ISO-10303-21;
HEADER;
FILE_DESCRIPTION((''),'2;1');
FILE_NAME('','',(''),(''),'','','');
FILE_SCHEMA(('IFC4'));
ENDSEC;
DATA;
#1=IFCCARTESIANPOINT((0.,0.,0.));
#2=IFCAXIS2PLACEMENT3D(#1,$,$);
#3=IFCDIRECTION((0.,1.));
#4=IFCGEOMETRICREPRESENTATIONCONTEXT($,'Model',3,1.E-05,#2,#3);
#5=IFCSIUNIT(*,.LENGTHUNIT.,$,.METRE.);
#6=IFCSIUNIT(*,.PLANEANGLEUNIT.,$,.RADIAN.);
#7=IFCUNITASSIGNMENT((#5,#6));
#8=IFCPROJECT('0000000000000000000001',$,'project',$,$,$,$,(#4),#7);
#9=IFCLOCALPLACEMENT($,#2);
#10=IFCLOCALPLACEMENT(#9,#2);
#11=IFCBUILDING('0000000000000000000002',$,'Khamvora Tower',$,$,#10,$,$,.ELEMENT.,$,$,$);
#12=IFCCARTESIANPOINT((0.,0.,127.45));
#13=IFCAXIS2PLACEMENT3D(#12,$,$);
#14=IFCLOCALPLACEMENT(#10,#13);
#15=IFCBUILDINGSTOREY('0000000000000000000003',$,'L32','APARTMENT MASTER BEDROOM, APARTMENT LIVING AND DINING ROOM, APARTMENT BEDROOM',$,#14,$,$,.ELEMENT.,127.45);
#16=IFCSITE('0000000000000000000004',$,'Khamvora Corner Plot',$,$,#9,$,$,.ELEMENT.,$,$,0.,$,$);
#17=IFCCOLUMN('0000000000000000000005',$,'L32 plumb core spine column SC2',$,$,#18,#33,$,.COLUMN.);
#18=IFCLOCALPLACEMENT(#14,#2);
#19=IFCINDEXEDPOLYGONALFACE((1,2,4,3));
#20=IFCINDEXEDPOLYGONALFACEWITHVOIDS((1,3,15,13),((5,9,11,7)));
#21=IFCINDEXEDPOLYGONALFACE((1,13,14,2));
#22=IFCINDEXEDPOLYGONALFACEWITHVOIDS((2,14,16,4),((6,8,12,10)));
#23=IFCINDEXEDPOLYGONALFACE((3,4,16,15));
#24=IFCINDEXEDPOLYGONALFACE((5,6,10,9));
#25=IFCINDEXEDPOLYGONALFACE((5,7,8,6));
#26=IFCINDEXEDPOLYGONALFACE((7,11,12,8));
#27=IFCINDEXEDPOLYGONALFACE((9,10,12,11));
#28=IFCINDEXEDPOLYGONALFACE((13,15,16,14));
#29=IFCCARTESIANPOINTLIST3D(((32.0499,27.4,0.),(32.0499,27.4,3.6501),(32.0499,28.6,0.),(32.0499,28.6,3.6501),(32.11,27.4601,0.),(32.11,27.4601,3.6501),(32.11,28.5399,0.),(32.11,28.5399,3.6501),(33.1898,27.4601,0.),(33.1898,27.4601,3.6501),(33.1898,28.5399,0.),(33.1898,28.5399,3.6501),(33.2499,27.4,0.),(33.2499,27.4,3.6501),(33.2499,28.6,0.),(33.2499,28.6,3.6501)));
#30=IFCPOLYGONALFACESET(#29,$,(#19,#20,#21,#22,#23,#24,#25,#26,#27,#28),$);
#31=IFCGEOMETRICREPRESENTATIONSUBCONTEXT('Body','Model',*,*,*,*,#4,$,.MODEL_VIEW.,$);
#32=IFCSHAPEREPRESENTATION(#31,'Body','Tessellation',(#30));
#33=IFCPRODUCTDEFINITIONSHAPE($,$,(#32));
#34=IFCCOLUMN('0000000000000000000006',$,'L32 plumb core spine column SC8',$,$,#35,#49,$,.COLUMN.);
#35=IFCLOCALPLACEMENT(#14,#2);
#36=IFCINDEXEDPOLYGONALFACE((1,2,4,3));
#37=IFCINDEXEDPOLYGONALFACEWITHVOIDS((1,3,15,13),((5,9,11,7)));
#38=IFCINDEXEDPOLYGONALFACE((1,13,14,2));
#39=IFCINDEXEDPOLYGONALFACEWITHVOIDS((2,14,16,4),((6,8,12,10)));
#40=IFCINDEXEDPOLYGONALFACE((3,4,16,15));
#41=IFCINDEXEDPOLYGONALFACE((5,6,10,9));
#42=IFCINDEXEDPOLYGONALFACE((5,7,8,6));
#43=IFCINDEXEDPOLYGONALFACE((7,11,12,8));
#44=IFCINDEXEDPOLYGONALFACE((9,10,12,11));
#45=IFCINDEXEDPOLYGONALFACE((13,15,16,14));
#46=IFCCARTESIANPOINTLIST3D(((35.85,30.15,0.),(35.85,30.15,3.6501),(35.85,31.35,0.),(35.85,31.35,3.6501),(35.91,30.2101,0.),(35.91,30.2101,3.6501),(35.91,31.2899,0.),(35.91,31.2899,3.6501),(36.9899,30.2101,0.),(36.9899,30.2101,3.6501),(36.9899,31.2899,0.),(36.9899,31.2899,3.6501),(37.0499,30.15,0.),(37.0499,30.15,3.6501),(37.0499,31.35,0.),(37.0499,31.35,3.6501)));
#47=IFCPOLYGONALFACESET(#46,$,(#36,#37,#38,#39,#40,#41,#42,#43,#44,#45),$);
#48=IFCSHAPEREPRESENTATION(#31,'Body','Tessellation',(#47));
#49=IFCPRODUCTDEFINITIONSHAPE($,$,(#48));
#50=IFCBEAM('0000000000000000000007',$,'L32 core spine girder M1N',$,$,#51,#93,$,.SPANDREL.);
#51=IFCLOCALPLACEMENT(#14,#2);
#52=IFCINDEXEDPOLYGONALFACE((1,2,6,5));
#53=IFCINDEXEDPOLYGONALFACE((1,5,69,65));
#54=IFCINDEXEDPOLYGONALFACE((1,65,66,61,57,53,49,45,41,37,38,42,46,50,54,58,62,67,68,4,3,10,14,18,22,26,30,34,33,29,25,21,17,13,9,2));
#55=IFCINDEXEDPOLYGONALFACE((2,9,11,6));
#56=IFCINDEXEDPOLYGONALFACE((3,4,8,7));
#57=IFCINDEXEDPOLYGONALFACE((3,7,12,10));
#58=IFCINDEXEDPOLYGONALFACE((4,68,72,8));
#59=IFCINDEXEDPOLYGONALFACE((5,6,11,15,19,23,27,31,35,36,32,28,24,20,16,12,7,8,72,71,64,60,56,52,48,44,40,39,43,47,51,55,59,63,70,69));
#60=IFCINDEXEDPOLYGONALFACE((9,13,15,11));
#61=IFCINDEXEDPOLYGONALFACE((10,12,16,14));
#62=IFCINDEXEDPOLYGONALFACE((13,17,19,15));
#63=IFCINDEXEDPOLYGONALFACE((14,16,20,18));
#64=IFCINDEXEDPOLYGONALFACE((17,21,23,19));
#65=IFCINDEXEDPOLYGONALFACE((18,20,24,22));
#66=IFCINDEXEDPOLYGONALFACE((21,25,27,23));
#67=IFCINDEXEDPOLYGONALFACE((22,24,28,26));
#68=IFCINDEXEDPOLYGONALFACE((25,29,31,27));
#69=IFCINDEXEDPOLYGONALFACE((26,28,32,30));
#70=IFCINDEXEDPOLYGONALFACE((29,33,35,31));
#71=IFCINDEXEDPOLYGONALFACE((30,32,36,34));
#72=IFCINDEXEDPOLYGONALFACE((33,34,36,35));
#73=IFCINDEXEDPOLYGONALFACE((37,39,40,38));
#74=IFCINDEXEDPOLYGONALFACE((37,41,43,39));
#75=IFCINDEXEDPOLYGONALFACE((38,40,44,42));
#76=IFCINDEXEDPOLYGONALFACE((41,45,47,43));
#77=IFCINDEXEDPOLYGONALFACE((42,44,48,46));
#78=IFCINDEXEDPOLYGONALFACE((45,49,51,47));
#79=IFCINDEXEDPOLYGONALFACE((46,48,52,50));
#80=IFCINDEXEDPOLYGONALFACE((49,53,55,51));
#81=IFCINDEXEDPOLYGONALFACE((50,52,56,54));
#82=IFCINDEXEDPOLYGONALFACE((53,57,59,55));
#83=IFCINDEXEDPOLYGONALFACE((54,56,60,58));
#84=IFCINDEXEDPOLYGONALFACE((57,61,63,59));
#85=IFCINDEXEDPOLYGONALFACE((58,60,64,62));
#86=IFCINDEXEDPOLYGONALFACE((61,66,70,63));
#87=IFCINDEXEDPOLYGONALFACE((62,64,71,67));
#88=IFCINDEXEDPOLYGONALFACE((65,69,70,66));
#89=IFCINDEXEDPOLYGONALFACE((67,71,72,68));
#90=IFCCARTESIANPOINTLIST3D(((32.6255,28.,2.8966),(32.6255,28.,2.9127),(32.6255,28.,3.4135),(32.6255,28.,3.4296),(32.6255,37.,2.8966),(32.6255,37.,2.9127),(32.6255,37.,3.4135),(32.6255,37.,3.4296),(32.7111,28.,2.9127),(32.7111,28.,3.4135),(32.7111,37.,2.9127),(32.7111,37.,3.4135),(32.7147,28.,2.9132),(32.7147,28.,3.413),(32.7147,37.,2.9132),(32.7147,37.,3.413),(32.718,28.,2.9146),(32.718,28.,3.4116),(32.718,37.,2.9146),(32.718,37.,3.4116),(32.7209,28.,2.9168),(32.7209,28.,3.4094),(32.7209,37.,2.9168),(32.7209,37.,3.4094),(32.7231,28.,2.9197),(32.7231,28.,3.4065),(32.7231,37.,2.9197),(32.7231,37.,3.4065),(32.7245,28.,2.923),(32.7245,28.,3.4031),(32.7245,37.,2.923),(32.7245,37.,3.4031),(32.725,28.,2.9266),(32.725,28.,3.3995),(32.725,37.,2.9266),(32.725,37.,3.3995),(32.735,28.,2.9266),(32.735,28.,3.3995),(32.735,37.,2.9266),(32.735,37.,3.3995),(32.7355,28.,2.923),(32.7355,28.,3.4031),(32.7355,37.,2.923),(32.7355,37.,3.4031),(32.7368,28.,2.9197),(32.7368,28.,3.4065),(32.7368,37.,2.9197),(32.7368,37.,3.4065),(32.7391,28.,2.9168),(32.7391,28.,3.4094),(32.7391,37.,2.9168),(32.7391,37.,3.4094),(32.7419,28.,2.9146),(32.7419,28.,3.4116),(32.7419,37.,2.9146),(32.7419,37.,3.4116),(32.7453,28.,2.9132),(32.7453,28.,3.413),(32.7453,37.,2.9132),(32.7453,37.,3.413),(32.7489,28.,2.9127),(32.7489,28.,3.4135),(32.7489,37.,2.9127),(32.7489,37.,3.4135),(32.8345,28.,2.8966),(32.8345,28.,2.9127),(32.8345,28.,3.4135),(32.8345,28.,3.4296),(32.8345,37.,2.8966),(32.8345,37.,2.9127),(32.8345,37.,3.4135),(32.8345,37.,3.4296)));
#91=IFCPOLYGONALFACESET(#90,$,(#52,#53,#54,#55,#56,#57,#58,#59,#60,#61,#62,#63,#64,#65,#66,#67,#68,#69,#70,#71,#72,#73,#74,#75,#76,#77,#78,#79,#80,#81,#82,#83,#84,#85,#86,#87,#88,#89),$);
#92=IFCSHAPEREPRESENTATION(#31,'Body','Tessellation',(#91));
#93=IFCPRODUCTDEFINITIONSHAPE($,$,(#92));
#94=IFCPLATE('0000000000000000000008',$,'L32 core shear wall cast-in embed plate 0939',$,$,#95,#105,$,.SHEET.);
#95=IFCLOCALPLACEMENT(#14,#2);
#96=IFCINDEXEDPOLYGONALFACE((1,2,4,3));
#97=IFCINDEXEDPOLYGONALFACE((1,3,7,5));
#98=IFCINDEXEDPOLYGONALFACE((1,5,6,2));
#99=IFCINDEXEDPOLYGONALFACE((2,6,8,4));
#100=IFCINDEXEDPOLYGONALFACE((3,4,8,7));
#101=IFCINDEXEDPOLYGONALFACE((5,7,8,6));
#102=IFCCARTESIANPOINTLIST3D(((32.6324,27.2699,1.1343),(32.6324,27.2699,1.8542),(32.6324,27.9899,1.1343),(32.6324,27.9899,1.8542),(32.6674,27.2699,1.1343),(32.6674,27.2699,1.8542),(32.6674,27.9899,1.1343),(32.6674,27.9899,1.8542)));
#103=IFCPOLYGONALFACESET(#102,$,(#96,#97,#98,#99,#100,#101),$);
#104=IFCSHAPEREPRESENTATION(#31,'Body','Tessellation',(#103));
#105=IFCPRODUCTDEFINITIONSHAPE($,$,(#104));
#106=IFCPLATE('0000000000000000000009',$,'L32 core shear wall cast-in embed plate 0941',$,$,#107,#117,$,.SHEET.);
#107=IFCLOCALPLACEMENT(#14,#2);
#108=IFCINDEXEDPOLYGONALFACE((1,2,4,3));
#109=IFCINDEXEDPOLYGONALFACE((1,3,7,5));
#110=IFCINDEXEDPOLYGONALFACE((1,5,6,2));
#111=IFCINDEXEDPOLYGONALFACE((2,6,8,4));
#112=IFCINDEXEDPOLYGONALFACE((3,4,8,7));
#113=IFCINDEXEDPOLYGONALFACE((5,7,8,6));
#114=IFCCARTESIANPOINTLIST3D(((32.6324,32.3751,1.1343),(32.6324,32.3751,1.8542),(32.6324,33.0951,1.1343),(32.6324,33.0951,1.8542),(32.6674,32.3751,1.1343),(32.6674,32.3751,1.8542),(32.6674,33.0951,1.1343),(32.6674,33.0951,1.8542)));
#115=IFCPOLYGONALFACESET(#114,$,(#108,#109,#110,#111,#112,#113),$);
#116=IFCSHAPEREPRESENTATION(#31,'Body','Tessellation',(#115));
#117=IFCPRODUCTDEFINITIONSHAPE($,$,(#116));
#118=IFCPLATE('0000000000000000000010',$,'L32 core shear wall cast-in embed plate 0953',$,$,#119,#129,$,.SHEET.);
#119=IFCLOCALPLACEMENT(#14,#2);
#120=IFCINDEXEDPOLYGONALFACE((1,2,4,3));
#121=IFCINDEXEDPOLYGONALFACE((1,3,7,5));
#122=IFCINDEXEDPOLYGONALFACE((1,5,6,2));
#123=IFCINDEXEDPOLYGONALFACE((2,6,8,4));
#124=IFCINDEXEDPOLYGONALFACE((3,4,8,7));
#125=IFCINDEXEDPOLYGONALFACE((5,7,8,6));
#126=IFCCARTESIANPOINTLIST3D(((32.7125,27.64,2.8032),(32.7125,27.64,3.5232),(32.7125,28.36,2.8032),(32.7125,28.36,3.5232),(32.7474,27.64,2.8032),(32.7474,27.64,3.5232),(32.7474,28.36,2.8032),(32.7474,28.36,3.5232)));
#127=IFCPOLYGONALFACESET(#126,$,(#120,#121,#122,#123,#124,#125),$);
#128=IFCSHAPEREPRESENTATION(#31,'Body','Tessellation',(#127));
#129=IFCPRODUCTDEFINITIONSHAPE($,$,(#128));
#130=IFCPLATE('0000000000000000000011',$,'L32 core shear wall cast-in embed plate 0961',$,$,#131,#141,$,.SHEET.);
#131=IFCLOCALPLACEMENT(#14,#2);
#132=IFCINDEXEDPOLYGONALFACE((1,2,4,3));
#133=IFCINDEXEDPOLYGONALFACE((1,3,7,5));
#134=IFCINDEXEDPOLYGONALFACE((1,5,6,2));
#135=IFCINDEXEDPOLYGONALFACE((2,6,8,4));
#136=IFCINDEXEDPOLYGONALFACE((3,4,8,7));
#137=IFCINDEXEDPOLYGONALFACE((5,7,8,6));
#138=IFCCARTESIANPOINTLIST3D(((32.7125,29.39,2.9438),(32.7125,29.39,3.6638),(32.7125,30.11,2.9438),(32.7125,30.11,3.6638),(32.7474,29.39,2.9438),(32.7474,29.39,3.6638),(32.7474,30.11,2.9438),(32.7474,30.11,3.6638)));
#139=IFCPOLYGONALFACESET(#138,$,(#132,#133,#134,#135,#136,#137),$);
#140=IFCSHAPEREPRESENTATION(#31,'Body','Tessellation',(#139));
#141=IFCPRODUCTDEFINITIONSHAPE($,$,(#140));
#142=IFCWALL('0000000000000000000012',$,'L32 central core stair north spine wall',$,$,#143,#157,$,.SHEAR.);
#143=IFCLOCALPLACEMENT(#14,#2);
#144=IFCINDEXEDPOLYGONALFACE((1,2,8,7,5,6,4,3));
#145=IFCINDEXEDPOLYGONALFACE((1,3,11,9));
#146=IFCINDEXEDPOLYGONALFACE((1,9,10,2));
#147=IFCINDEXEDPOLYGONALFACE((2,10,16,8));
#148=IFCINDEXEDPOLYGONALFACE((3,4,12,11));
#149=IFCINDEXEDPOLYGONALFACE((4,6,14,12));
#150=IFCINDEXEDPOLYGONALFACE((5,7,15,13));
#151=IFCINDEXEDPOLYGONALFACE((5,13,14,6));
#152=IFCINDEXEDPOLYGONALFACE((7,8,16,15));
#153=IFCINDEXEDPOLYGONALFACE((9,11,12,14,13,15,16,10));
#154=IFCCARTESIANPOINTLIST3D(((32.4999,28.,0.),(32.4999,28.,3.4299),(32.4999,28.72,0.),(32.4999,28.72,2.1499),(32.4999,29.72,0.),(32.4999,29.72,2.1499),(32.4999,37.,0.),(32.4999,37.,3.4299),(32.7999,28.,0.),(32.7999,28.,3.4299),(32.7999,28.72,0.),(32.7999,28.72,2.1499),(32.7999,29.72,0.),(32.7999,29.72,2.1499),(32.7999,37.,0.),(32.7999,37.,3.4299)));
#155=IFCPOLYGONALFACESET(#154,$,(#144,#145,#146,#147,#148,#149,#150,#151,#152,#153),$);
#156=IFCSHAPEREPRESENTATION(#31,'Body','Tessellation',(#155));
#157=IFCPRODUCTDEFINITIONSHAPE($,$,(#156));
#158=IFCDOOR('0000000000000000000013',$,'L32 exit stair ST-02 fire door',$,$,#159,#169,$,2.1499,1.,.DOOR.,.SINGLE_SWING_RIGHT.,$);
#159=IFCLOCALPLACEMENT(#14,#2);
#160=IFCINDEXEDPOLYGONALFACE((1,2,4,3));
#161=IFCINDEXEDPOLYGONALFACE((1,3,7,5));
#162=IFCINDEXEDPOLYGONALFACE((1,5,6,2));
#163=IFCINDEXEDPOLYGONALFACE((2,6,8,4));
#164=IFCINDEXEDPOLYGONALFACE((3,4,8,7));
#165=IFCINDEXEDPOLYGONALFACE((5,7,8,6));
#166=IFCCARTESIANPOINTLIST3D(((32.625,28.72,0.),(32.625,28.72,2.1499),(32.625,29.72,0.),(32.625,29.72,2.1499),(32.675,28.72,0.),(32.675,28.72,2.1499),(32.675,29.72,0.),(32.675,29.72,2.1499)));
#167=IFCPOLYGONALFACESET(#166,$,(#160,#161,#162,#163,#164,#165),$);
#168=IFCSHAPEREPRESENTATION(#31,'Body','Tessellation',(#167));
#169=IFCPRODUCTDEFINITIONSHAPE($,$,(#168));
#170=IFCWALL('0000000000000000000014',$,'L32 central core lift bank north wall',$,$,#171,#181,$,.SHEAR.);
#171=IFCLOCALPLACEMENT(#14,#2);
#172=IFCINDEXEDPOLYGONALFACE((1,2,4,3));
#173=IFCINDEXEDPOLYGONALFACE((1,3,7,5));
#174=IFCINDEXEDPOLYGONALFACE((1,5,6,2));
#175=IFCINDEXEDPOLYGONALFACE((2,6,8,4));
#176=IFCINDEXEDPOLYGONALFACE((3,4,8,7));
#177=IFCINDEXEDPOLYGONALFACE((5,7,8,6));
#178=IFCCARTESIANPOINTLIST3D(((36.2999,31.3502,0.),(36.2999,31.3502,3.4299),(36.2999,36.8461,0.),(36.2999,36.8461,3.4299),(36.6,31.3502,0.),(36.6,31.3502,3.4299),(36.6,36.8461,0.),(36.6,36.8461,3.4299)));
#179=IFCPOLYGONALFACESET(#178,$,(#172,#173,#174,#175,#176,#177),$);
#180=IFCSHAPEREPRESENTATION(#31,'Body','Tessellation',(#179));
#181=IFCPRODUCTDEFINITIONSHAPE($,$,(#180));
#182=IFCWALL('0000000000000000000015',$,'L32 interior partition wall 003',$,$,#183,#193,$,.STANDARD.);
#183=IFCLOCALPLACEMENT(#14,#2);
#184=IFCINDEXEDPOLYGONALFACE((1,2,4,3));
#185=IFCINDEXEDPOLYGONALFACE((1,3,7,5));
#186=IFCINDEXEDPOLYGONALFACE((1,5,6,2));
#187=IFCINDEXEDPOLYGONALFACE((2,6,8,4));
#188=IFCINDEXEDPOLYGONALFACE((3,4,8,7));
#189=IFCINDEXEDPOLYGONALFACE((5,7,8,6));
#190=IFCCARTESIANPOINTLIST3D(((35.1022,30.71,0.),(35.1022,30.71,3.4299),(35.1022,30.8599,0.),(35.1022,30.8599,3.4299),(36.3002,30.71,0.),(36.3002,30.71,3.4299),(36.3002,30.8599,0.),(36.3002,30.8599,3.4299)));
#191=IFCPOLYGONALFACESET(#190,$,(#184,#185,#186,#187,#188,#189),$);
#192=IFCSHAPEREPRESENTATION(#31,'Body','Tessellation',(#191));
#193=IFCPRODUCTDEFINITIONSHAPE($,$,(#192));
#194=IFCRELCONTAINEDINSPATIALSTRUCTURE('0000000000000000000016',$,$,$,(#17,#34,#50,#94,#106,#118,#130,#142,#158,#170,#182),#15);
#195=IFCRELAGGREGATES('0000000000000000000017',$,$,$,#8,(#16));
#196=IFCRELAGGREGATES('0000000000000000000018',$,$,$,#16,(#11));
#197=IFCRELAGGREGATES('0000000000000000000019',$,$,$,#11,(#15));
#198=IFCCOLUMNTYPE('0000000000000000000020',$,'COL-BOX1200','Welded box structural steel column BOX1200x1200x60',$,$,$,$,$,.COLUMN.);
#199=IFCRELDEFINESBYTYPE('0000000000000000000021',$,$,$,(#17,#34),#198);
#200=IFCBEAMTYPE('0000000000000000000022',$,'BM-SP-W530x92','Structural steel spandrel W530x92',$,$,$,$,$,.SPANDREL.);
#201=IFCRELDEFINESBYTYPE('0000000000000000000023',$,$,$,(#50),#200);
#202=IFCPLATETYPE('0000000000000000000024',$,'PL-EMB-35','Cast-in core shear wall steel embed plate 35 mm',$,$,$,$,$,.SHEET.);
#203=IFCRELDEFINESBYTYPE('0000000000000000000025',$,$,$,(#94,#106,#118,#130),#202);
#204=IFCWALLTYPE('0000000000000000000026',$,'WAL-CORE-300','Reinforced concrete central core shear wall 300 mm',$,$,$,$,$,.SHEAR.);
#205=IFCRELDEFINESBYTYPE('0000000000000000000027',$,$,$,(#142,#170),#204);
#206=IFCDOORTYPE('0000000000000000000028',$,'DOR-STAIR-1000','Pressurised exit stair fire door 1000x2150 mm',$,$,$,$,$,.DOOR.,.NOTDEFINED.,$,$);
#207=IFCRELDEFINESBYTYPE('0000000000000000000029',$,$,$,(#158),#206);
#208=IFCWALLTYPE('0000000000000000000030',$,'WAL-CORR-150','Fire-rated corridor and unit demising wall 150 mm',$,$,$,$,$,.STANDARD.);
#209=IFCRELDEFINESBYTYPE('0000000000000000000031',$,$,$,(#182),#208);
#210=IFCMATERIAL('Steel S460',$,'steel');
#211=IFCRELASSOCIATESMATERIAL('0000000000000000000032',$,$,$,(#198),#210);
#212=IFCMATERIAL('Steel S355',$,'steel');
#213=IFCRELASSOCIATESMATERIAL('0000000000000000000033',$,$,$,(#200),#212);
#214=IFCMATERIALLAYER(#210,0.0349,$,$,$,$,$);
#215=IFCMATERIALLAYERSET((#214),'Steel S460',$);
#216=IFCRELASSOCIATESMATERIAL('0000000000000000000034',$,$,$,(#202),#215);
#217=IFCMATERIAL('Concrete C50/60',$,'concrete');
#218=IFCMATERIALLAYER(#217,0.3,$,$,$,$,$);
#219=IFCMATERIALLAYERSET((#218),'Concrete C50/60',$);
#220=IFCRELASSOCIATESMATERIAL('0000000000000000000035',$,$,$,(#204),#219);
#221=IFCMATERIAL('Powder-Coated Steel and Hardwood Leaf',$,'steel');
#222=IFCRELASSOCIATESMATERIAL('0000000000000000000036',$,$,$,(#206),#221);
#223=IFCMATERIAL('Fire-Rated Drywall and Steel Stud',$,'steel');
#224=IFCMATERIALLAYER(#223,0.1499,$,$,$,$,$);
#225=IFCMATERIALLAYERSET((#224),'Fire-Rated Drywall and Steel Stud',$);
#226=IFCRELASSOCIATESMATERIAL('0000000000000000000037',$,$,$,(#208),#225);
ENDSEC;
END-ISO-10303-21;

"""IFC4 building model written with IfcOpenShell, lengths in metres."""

from ifc_helpers import new_model, si_unit, direction, frame, frame_2d, origin, origin_2d, place, context, subcontext, project, spatial, rectangle, hollow_rectangle, i_section, extrude, material, layer, layer_set, material_profile, profile_set, type_object, element, fill, save


model = new_model("IFC4")

# Units and contexts
model_context = context("Model", 3, precision=1e-05, world=origin(), true_north=direction((0.0, 1.0)))
body_context = subcontext(model_context, "Body", "Model", "MODEL_VIEW")
ifc_project = project(units=[si_unit("LENGTHUNIT", "METRE"), si_unit("PLANEANGLEUNIT", "RADIAN")], contexts=[model_context])

# Site, building, storey
site_placement = place(None, origin())
site = spatial("IfcSite", under=ifc_project, at=site_placement, Name="Khamvora Corner Plot", CompositionType="ELEMENT", RefElevation=0.0)
building_placement = place(site_placement, origin())
building = spatial("IfcBuilding", under=site, at=building_placement, Name="Khamvora Tower", CompositionType="ELEMENT")
storey_placement = place(building_placement, frame((0.0, 0.0, 127.45)))
storey = spatial("IfcBuildingStorey", under=building, at=storey_placement, Name="L32", Description="APARTMENT MASTER BEDROOM, APARTMENT LIVING AND DINING ROOM, APARTMENT BEDROOM", CompositionType="ELEMENT", Elevation=127.45)

# Columns
ifc_material_1 = material(Name="Steel S460", Category="steel")
ifc_material_profile_1 = material_profile(ifc_material_1, hollow_rectangle(XDim=1.2, YDim=1.2, WallThickness=0.0601, at=origin_2d()), Name="BOX1200x1200x60")
ifc_profile_set_1 = profile_set([ifc_material_profile_1], Name="Steel S460")
column_type = type_object("IfcColumnType", Name="COL-BOX1200", Description="Welded box structural steel column BOX1200x1200x60", PredefinedType="COLUMN", material=ifc_profile_set_1)
for number, where, z_axis, x_axis, name in (
    (1, (32.6499, 28.0, 0.0), (0.0, 0.0, 1.0), (1.0, 0.0, 0.0), "L32 plumb core spine column SC2"),
    (2, (36.45, 30.75, 0.0), (0.0, 0.0, 1.0), (1.0, 0.0, 0.0), "L32 plumb core spine column SC8"),
):
    element("IfcColumn", number, at=place(storey_placement, frame(where, z_axis=z_axis, x_axis=x_axis)), inside=storey, type_object=column_type, Name=name, PredefinedType="COLUMN", context=body_context, shape_type="SweptSolid", body=[
        extrude(hollow_rectangle(XDim=1.2, YDim=1.2, WallThickness=0.0601, at=origin_2d()), origin(), (0.0, 0.0, 1.0), 3.6501),
    ])

# Beam
ifc_material_2 = material(Name="Steel S355", Category="steel")
ifc_material_profile_2 = material_profile(ifc_material_2, i_section(OverallWidth=0.209, OverallDepth=0.533, WebThickness=0.01, FlangeThickness=0.0161, FilletRadius=0.0139, at=origin_2d()), Name="W530x92")
ifc_profile_set_2 = profile_set([ifc_material_profile_2], Name="Steel S355")
beam_type = type_object("IfcBeamType", Name="BM-SP-W530x92", Description="Structural steel spandrel W530x92", PredefinedType="SPANDREL", material=ifc_profile_set_2)
beam_placement = place(storey_placement, frame((32.73, 28.0, 3.1631), z_axis=(0.0, 1.0, 0.0), x_axis=(-1.0, 0.0, 0.0)))
element("IfcBeam", 3, at=beam_placement, inside=storey, type_object=beam_type, Name="L32 core spine girder M1N", PredefinedType="SPANDREL", context=body_context, shape_type="SweptSolid", body=[
    extrude(i_section(OverallWidth=0.209, OverallDepth=0.533, WebThickness=0.01, FlangeThickness=0.0161, FilletRadius=0.0139, at=origin_2d()), origin(), (0.0, 0.0, 1.0), 9.0),
])

# Plates
ifc_layer_1 = layer(ifc_material_1, 0.0349)
ifc_layer_set_1 = layer_set([ifc_layer_1], Name="Steel S460")
plate_type = type_object("IfcPlateType", Name="PL-EMB-35", Description="Cast-in core shear wall steel embed plate 35 mm", PredefinedType="SHEET", material=ifc_layer_set_1)
for number, where, z_axis, x_axis, name in (
    (4, (32.6499, 27.6299, 1.1343), (0.0, 0.0, 1.0), (1.0, 0.0, 0.0), "L32 core shear wall cast-in embed plate 0939"),
    (5, (32.6499, 32.7351, 1.1343), (0.0, 0.0, 1.0), (1.0, 0.0, 0.0), "L32 core shear wall cast-in embed plate 0941"),
    (6, (32.73, 28.0, 2.8032), (0.0, 0.0, 1.0), (1.0, 0.0, 0.0), "L32 core shear wall cast-in embed plate 0953"),
    (7, (32.73, 29.75, 2.9438), (0.0, 0.0, 1.0), (1.0, 0.0, 0.0), "L32 core shear wall cast-in embed plate 0961"),
):
    element("IfcPlate", number, at=place(storey_placement, frame(where, z_axis=z_axis, x_axis=x_axis)), inside=storey, type_object=plate_type, Name=name, PredefinedType="SHEET", context=body_context, shape_type="SweptSolid", body=[
        extrude(rectangle(XDim=0.0349, YDim=0.72, at=origin_2d()), origin(), (0.0, 0.0, 1.0), 0.72),
    ])

# Wall, opening, door
ifc_material_3 = material(Name="Concrete C50/60", Category="concrete")
ifc_layer_2 = layer(ifc_material_3, 0.3)
ifc_layer_set_2 = layer_set([ifc_layer_2], Name="Concrete C50/60")
wall_type_1 = type_object("IfcWallType", Name="WAL-CORE-300", Description="Reinforced concrete central core shear wall 300 mm", PredefinedType="SHEAR", material=ifc_layer_set_2)
wall_1_placement = place(storey_placement, frame((32.6499, 28.0, 0.0), z_axis=(0.0, 0.0, 1.0), x_axis=(0.0, 1.0, 0.0)))
wall_1 = element("IfcWall", 8, at=wall_1_placement, inside=storey, type_object=wall_type_1, Name="L32 central core stair north spine wall", PredefinedType="SHEAR", context=body_context, shape_type="SweptSolid", body=[
    extrude(rectangle(XDim=9.0, YDim=0.3, at=frame_2d((4.5, 0.0))), origin(), (0.0, 0.0, 1.0), 3.4299),
])
opening_1_placement = place(wall_1_placement, frame((0.72, 0.0, 0.0)))
opening_1 = element("IfcOpeningElement", 9, at=opening_1_placement, cuts=wall_1, PredefinedType="OPENING", context=body_context, shape_type="SweptSolid", body=[
    extrude(rectangle(XDim=1.0, YDim=2.1499, at=frame_2d((0.5, 1.075))), frame((0.0, 0.1599, 0.0), z_axis=(0.0, -1.0, 0.0), x_axis=(1.0, 0.0, 0.0)), (0.0, 0.0, 1.0), 0.3201),
])
ifc_material_4 = material(Name="Powder-Coated Steel and Hardwood Leaf", Category="steel")
door_type_1 = type_object("IfcDoorType", Name="DOR-STAIR-1000", Description="Pressurised exit stair fire door 1000x2150 mm", OperationType="NOTDEFINED", PredefinedType="DOOR", material=ifc_material_4)
door_1_placement = place(opening_1_placement, origin())
door_1 = element("IfcDoor", 10, at=door_1_placement, inside=storey, type_object=door_type_1, Name="L32 exit stair ST-02 fire door", OperationType="SINGLE_SWING_RIGHT", OverallHeight=2.1499, OverallWidth=1.0, PredefinedType="DOOR", context=body_context, shape_type="SweptSolid", body=[
    extrude(rectangle(XDim=1.0, YDim=2.1499, at=frame_2d((0.5, 1.075))), frame((0.0, 0.0249, 0.0), z_axis=(0.0, -1.0, 0.0), x_axis=(1.0, 0.0, 0.0)), (0.0, 0.0, 1.0), 0.05),
])
fill(opening_1, door_1)

# Walls
wall_2_placement = place(storey_placement, frame((36.45, 31.3501, 0.0), z_axis=(0.0, 0.0, 1.0), x_axis=(0.0, 1.0, 0.0)))
element("IfcWall", 11, at=wall_2_placement, inside=storey, type_object=wall_type_1, Name="L32 central core lift bank north wall", PredefinedType="SHEAR", context=body_context, shape_type="SweptSolid", body=[
    extrude(rectangle(XDim=5.4958, YDim=0.3, at=frame_2d((2.748, 0.0))), origin(), (0.0, 0.0, 1.0), 3.4299),
])
ifc_material_5 = material(Name="Fire-Rated Drywall and Steel Stud", Category="steel")
ifc_layer_3 = layer(ifc_material_5, 0.1499)
ifc_layer_set_3 = layer_set([ifc_layer_3], Name="Fire-Rated Drywall and Steel Stud")
wall_type_2 = type_object("IfcWallType", Name="WAL-CORR-150", Description="Fire-rated corridor and unit demising wall 150 mm", PredefinedType="STANDARD", material=ifc_layer_set_3)
wall_3_placement = place(storey_placement, frame((35.1021, 30.7849, 0.0), z_axis=(0.0, 0.0, 1.0), x_axis=(1.0, 0.0, 0.0)))
element("IfcWall", 12, at=wall_3_placement, inside=storey, type_object=wall_type_2, Name="L32 interior partition wall 003", PredefinedType="STANDARD", context=body_context, shape_type="SweptSolid", body=[
    extrude(rectangle(XDim=1.198, YDim=0.1499, at=frame_2d((0.5991, 0.0))), origin(), (0.0, 0.0, 1.0), 3.4299),
])

save(model, "model.ifc")
